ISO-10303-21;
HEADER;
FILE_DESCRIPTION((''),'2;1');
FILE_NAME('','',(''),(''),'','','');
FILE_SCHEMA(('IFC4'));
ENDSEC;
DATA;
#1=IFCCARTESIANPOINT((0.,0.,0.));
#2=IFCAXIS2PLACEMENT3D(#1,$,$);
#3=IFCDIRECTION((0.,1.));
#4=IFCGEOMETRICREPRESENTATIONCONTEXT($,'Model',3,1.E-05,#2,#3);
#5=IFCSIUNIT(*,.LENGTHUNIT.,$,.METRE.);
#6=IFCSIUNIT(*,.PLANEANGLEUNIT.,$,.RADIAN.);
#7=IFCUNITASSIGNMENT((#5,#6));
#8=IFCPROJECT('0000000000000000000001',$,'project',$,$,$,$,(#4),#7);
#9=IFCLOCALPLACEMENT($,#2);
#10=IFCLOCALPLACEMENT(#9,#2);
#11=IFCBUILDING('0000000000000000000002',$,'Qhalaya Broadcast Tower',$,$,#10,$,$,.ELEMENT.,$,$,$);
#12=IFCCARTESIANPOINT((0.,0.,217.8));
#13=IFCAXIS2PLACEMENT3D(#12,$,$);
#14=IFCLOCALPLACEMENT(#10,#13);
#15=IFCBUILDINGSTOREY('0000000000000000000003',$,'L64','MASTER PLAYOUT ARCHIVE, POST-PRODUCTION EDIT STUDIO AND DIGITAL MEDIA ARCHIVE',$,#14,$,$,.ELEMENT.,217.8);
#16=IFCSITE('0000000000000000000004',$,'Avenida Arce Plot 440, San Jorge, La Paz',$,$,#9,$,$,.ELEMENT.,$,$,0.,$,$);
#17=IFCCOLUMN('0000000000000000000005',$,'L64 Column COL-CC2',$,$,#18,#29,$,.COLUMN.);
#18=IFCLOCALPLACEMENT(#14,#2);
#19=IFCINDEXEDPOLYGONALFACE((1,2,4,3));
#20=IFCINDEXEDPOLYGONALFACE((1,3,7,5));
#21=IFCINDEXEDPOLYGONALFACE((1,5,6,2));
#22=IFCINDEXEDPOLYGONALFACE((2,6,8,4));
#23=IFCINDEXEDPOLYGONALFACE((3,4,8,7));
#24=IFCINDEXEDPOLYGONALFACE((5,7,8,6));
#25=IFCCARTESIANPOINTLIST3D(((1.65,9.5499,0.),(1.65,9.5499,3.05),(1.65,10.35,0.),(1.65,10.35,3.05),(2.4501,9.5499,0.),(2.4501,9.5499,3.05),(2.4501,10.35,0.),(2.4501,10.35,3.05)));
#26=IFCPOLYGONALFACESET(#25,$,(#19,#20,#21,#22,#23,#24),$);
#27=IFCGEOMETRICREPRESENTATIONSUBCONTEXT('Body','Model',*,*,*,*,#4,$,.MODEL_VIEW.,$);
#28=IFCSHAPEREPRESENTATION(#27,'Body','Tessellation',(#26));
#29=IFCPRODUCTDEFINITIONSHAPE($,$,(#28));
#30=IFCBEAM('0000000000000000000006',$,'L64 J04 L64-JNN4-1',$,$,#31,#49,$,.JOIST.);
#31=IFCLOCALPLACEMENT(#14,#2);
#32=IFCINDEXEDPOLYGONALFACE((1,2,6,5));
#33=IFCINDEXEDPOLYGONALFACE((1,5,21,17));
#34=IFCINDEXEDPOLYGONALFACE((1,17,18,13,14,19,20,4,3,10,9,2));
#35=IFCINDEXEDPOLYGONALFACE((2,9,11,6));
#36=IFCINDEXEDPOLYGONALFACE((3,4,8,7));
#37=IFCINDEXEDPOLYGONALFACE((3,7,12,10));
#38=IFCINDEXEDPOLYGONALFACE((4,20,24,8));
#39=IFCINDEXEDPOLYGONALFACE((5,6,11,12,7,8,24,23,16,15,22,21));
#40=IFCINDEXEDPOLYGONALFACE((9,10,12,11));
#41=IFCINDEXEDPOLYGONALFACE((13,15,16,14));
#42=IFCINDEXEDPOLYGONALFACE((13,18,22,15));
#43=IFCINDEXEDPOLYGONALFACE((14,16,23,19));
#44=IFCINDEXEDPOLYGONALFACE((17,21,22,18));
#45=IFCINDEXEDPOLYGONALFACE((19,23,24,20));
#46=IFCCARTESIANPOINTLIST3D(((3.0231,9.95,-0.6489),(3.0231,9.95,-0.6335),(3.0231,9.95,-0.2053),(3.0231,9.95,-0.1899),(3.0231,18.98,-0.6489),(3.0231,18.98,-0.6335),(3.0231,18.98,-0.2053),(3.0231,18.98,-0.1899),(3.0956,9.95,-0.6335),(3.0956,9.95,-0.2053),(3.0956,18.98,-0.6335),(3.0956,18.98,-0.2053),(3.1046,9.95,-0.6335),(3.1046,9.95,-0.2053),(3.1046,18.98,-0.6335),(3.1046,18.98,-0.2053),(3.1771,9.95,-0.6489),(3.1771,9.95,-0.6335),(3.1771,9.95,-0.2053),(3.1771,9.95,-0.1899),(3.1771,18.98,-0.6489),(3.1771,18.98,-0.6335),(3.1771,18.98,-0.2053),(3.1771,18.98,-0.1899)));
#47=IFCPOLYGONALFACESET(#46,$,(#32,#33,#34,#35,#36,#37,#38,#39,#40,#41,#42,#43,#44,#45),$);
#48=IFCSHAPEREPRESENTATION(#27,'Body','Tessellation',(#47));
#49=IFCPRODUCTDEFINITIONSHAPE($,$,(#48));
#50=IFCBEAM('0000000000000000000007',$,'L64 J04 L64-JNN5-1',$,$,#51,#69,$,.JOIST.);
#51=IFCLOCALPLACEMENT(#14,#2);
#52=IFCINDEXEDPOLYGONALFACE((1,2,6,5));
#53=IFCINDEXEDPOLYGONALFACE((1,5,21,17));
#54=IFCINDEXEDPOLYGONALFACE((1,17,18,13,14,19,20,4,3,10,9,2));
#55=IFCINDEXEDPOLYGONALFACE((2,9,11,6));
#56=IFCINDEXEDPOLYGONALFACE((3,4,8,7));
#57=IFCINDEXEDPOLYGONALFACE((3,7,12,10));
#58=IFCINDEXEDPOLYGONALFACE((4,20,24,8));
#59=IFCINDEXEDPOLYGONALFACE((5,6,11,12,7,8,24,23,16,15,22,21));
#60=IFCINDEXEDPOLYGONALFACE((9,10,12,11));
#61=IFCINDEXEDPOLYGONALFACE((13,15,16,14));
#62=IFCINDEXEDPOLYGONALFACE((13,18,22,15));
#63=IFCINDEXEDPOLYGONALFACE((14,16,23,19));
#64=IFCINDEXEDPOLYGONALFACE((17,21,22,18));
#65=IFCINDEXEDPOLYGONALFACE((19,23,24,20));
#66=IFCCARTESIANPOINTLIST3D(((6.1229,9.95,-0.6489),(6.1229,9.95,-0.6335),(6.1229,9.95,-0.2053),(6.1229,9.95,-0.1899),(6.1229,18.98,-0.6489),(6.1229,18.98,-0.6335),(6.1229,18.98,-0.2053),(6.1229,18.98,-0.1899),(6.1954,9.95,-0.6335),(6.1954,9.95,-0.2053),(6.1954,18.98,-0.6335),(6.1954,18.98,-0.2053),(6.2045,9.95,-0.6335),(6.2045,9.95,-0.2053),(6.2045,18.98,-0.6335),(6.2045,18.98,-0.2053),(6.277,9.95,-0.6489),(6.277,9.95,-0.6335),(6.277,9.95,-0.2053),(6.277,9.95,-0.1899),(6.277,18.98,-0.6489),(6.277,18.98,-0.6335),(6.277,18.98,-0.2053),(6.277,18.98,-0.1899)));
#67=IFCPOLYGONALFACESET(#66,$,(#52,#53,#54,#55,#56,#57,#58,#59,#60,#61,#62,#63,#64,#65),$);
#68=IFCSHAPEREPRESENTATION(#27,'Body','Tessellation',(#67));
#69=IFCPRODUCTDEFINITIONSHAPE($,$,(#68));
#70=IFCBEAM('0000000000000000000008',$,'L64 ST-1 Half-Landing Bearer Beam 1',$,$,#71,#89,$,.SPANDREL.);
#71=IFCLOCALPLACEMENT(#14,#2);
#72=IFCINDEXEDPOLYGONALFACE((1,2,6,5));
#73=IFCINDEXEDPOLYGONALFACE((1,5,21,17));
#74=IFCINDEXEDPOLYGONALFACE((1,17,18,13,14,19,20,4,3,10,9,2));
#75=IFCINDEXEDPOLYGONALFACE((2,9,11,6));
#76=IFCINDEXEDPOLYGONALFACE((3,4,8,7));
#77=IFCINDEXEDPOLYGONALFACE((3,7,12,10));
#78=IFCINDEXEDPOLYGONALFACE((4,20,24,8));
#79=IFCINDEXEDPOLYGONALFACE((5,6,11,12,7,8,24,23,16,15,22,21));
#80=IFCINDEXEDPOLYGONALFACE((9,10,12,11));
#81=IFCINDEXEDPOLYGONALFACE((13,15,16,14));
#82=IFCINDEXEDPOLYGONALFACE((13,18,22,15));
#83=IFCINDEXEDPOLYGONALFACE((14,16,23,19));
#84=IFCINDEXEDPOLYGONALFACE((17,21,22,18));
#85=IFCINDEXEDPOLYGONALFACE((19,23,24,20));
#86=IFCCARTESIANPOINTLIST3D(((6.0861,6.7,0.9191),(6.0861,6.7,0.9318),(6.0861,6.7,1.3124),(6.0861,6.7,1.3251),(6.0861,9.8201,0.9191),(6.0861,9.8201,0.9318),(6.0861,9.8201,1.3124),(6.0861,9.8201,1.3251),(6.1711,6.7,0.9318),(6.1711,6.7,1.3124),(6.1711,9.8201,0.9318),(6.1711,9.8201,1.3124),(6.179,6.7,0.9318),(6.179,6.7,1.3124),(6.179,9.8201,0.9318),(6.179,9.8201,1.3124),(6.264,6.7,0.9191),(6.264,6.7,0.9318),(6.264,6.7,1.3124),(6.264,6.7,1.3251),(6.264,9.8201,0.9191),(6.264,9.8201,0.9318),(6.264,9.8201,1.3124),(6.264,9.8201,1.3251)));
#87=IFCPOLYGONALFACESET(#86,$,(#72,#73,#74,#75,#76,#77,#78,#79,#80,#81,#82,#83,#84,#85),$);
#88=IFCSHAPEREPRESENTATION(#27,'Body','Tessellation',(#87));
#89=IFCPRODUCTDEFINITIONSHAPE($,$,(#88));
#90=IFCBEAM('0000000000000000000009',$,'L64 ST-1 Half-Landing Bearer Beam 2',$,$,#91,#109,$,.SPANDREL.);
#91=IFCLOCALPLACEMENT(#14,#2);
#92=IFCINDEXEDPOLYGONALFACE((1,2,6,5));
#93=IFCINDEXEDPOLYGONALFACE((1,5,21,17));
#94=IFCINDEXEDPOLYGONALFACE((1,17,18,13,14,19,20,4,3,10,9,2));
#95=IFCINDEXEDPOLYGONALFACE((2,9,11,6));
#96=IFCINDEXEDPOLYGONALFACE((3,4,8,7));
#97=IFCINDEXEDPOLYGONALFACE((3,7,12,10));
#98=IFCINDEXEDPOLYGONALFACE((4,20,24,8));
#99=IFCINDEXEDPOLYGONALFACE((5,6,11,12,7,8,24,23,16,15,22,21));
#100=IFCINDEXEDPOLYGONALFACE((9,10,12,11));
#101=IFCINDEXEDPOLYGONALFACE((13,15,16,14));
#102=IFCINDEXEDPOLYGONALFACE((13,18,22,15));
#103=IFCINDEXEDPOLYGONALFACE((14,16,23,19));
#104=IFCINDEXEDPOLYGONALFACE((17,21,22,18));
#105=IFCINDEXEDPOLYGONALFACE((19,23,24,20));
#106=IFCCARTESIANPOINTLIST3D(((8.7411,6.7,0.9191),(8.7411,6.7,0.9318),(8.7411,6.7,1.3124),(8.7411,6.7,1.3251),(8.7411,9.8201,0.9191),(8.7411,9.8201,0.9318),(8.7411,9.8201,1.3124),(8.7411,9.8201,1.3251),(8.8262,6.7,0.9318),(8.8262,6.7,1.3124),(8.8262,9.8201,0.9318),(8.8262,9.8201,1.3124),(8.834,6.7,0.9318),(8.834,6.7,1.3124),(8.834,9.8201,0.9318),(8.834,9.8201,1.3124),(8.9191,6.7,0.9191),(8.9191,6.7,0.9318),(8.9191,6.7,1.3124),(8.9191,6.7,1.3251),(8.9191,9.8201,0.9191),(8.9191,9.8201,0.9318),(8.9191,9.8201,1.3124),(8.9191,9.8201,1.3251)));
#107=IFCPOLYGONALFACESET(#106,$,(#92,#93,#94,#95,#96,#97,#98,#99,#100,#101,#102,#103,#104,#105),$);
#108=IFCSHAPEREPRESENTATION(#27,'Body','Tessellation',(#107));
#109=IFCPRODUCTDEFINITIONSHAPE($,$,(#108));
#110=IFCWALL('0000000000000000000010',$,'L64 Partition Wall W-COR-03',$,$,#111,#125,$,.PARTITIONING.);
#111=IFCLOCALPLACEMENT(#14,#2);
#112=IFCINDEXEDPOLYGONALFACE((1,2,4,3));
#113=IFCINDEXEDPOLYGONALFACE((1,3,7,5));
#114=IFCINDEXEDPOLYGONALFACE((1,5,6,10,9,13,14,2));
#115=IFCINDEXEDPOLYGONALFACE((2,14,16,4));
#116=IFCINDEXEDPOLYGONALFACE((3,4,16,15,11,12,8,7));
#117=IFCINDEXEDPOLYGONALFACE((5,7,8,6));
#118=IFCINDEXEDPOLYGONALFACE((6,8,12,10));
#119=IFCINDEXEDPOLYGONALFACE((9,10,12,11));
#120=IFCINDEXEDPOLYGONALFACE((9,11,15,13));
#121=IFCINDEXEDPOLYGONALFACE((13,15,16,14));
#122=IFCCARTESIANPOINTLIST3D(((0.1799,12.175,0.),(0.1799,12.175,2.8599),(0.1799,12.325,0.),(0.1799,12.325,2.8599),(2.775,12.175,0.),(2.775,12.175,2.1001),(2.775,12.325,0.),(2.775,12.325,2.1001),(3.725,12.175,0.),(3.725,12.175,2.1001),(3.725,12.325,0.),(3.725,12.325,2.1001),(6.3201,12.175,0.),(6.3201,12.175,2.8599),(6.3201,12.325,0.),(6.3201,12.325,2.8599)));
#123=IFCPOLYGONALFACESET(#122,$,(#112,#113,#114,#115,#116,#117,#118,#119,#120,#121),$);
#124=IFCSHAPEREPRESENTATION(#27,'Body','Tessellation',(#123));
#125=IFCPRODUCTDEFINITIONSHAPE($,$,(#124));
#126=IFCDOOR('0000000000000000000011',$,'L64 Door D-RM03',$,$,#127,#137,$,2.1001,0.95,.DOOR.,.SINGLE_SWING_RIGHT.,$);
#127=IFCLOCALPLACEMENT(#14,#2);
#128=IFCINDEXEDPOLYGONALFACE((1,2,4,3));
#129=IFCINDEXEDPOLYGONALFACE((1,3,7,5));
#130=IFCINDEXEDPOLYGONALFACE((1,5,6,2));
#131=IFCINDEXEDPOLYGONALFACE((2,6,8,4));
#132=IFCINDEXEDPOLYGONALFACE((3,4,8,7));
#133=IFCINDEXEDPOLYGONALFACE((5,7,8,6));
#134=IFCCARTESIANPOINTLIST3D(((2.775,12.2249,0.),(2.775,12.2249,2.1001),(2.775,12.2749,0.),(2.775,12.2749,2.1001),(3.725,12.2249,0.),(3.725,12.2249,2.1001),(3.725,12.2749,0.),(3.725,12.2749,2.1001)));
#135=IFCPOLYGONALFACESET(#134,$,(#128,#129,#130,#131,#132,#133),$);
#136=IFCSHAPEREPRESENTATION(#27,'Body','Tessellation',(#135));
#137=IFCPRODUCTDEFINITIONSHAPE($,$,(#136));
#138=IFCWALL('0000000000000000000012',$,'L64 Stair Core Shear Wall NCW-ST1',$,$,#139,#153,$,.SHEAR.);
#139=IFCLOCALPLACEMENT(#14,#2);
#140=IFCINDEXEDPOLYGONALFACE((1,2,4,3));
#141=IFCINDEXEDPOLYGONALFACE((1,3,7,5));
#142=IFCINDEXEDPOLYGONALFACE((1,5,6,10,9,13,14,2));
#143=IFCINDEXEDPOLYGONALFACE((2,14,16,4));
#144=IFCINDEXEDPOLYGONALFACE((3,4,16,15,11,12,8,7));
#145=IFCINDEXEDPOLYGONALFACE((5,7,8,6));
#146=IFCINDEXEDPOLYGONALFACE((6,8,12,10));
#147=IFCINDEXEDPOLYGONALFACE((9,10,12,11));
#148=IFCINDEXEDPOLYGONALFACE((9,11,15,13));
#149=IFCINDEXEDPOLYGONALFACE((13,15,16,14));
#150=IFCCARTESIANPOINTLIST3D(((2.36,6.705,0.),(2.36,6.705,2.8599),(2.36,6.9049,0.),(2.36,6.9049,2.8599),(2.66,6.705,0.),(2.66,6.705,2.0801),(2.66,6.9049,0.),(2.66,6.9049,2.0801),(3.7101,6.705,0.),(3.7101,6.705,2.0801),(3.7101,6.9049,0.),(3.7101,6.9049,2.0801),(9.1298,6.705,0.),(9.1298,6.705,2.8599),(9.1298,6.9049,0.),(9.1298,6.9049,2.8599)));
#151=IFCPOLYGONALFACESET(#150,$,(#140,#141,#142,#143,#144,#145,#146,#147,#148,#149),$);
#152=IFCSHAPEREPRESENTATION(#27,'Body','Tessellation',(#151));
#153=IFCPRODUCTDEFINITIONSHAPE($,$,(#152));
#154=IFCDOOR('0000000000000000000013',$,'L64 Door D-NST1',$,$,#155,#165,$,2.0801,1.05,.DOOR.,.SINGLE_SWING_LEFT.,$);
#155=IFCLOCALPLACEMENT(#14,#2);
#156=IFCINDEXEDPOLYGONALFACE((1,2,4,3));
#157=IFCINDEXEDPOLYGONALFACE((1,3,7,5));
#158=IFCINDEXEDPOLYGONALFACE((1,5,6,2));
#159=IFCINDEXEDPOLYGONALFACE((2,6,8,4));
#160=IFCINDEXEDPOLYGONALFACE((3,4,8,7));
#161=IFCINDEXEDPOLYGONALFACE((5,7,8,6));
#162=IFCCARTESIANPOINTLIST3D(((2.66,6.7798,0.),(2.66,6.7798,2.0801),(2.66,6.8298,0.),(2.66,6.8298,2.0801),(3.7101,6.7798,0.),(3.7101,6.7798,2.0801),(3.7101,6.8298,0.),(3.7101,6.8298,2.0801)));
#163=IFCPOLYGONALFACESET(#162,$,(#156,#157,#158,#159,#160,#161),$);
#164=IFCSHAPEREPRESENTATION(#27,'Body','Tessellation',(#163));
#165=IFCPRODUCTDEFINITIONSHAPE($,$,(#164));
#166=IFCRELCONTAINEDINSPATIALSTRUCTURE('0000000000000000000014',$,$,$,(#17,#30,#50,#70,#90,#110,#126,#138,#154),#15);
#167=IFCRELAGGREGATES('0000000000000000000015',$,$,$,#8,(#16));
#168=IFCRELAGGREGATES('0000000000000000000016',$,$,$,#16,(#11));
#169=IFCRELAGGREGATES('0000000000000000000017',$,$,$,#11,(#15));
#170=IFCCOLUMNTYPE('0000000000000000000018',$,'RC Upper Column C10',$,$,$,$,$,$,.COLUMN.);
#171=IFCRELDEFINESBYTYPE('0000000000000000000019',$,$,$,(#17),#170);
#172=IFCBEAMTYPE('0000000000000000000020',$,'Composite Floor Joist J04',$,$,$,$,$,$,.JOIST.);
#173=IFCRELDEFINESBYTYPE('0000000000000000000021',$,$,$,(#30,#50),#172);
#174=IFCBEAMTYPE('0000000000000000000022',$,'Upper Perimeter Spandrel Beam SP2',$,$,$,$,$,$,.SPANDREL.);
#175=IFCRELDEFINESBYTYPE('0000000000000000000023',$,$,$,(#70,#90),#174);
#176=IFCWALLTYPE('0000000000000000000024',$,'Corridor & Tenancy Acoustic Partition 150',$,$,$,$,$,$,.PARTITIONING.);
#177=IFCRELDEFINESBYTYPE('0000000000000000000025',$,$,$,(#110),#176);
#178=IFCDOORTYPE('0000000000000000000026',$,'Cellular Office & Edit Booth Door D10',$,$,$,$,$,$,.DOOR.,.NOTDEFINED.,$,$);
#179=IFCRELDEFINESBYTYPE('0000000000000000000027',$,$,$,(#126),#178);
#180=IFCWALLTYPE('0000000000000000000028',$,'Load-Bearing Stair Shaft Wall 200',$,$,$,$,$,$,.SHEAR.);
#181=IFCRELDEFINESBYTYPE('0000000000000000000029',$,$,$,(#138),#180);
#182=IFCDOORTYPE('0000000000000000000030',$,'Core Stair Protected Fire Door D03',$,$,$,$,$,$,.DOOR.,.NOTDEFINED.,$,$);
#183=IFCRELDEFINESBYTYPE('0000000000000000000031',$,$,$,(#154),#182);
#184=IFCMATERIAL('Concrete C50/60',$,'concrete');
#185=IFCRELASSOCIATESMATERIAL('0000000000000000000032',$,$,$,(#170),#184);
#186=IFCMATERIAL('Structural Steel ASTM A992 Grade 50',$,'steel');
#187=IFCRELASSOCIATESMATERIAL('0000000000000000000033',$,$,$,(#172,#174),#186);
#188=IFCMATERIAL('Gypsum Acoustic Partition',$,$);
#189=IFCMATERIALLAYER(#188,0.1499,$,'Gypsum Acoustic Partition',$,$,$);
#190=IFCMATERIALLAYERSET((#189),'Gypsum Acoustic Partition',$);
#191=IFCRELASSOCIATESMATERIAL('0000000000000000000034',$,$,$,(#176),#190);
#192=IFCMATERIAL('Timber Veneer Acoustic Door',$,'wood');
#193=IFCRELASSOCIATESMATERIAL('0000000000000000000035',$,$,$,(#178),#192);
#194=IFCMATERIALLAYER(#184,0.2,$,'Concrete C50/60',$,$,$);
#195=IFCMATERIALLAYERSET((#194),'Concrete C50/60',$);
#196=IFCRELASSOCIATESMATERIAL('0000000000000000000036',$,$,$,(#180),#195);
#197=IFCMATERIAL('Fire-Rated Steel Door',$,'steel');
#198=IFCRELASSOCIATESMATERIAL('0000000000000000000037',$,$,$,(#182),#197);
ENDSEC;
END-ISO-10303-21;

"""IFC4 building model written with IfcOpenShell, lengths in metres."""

from ifc_helpers import new_model, si_unit, direction, frame, frame_2d, origin, origin_2d, place, context, subcontext, project, spatial, rectangle, i_section, extrude, material, layer, layer_set, material_profile, profile_set, type_object, element, fill, save


model = new_model("IFC4")

# Units and contexts
model_context = context("Model", 3, precision=1e-05, world=origin(), true_north=direction((0.0, 1.0)))
body_context = subcontext(model_context, "Body", "Model", "MODEL_VIEW")
ifc_project = project(units=[si_unit("LENGTHUNIT", "METRE"), si_unit("PLANEANGLEUNIT", "RADIAN")], contexts=[model_context])

# Site, building, storey
site_placement = place(None, origin())
site = spatial("IfcSite", under=ifc_project, at=site_placement, Name="Avenida Arce Plot 440, San Jorge, La Paz", CompositionType="ELEMENT", RefElevation=0.0)
building_placement = place(site_placement, origin())
building = spatial("IfcBuilding", under=site, at=building_placement, Name="Qhalaya Broadcast Tower", CompositionType="ELEMENT")
storey_placement = place(building_placement, frame((0.0, 0.0, 217.8)))
storey = spatial("IfcBuildingStorey", under=building, at=storey_placement, Name="L64", Description="MASTER PLAYOUT ARCHIVE, POST-PRODUCTION EDIT STUDIO AND DIGITAL MEDIA ARCHIVE", CompositionType="ELEMENT", Elevation=217.8)

# Column
ifc_material_1 = material(Name="Concrete C50/60", Category="concrete")
ifc_material_profile_1 = material_profile(ifc_material_1, rectangle(XDim=0.8, YDim=0.8, at=origin_2d()), Name="RC-COL 800x800")
ifc_profile_set_1 = profile_set([ifc_material_profile_1], Name="Concrete C50/60")
column_type = type_object("IfcColumnType", Name="RC Upper Column C10", PredefinedType="COLUMN", material=ifc_profile_set_1)
column_placement = place(storey_placement, frame((2.05, 9.95, 0.0), z_axis=(0.0, 0.0, 1.0), x_axis=(1.0, 0.0, 0.0)))
element("IfcColumn", 1, at=column_placement, inside=storey, type_object=column_type, Name="L64 Column COL-CC2", PredefinedType="COLUMN", context=body_context, shape_type="SweptSolid", body=[
    extrude(rectangle(XDim=0.8, YDim=0.8, at=origin_2d()), origin(), (0.0, 0.0, 1.0), 3.05),
])

# Beams
ifc_material_2 = material(Name="Structural Steel ASTM A992 Grade 50", Category="steel")
ifc_material_profile_2 = material_profile(ifc_material_2, i_section(OverallWidth=0.1541, OverallDepth=0.459, WebThickness=0.009, FlangeThickness=0.0154, at=origin_2d()), Name="W18X46")
ifc_profile_set_2 = profile_set([ifc_material_profile_2], Name="Structural Steel ASTM A992 Grade 50")
beam_type_1 = type_object("IfcBeamType", Name="Composite Floor Joist J04", PredefinedType="JOIST", material=ifc_profile_set_2)
for number, where, z_axis, x_axis, name in (
    (2, (3.1001, 9.95, -0.4194), (0.0, 1.0, 0.0), (-1.0, 0.0, 0.0), "L64 J04 L64-JNN4-1"),
    (3, (6.2, 9.95, -0.4194), (0.0, 1.0, 0.0), (-1.0, 0.0, 0.0), "L64 J04 L64-JNN5-1"),
):
    element("IfcBeam", number, at=place(storey_placement, frame(where, z_axis=z_axis, x_axis=x_axis)), inside=storey, type_object=beam_type_1, Name=name, PredefinedType="JOIST", context=body_context, shape_type="SweptSolid", body=[
        extrude(i_section(OverallWidth=0.1541, OverallDepth=0.459, WebThickness=0.009, FlangeThickness=0.0154, at=origin_2d()), origin(), (0.0, 0.0, 1.0), 9.03),
    ])
ifc_material_profile_3 = material_profile(ifc_material_2, i_section(OverallWidth=0.178, OverallDepth=0.406, WebThickness=0.0078, FlangeThickness=0.0127, at=origin_2d()), Name="W16X40")
ifc_profile_set_3 = profile_set([ifc_material_profile_3], Name="Structural Steel ASTM A992 Grade 50")
beam_type_2 = type_object("IfcBeamType", Name="Upper Perimeter Spandrel Beam SP2", PredefinedType="SPANDREL", material=ifc_profile_set_3)
for number, where, z_axis, x_axis, name in (
    (4, (6.175, 6.7, 1.1221), (0.0, 1.0, 0.0), (-1.0, 0.0, 0.0), "L64 ST-1 Half-Landing Bearer Beam 1"),
    (5, (8.8301, 6.7, 1.1221), (0.0, 1.0, 0.0), (-1.0, 0.0, 0.0), "L64 ST-1 Half-Landing Bearer Beam 2"),
):
    element("IfcBeam", number, at=place(storey_placement, frame(where, z_axis=z_axis, x_axis=x_axis)), inside=storey, type_object=beam_type_2, Name=name, PredefinedType="SPANDREL", context=body_context, shape_type="SweptSolid", body=[
        extrude(i_section(OverallWidth=0.178, OverallDepth=0.406, WebThickness=0.0078, FlangeThickness=0.0127, at=origin_2d()), origin(), (0.0, 0.0, 1.0), 3.1201),
    ])

# Walls, openings, doors
ifc_material_3 = material(Name="Gypsum Acoustic Partition")
ifc_layer_1 = layer(ifc_material_3, 0.1499, Name="Gypsum Acoustic Partition")
ifc_layer_set_1 = layer_set([ifc_layer_1], Name="Gypsum Acoustic Partition")
wall_type_1 = type_object("IfcWallType", Name="Corridor & Tenancy Acoustic Partition 150", PredefinedType="PARTITIONING", material=ifc_layer_set_1)
wall_1_placement = place(storey_placement, frame((0.1799, 12.25, 0.0), z_axis=(0.0, 0.0, 1.0), x_axis=(1.0, 0.0, 0.0)))
wall_1 = element("IfcWall", 6, at=wall_1_placement, inside=storey, type_object=wall_type_1, Name="L64 Partition Wall W-COR-03", PredefinedType="PARTITIONING", context=body_context, shape_type="SweptSolid", body=[
    extrude(rectangle(XDim=6.1401, YDim=0.1499, at=frame_2d((3.0701, 0.0))), origin(), (0.0, 0.0, 1.0), 2.8599),
])
opening_1_placement = place(wall_1_placement, frame((2.595, 0.0, 0.0)))
opening_1 = element("IfcOpeningElement", 7, at=opening_1_placement, cuts=wall_1, PredefinedType="OPENING", context=body_context, shape_type="SweptSolid", body=[
    extrude(rectangle(XDim=0.95, YDim=2.1001, at=frame_2d((0.4751, 1.05))), frame((0.0, 0.0869, 0.0), z_axis=(0.0, -1.0, 0.0), x_axis=(1.0, 0.0, 0.0)), (0.0, 0.0, 1.0), 0.1738),
])
ifc_material_4 = material(Name="Timber Veneer Acoustic Door", Category="wood")
door_type_1 = type_object("IfcDoorType", Name="Cellular Office & Edit Booth Door D10", OperationType="NOTDEFINED", PredefinedType="DOOR", material=ifc_material_4)
door_1_placement = place(opening_1_placement, origin())
door_1 = element("IfcDoor", 8, at=door_1_placement, inside=storey, type_object=door_type_1, Name="L64 Door D-RM03", OperationType="SINGLE_SWING_RIGHT", OverallHeight=2.1001, OverallWidth=0.95, PredefinedType="DOOR", context=body_context, shape_type="SweptSolid", body=[
    extrude(rectangle(XDim=0.95, YDim=2.1001, at=frame_2d((0.4751, 1.05))), frame((0.0, 0.0249, 0.0), z_axis=(0.0, -1.0, 0.0), x_axis=(1.0, 0.0, 0.0)), (0.0, 0.0, 1.0), 0.05),
])
fill(opening_1, door_1)
ifc_layer_2 = layer(ifc_material_1, 0.2, Name="Concrete C50/60")
ifc_layer_set_2 = layer_set([ifc_layer_2], Name="Concrete C50/60")
wall_type_2 = type_object("IfcWallType", Name="Load-Bearing Stair Shaft Wall 200", PredefinedType="SHEAR", material=ifc_layer_set_2)
wall_2_placement = place(storey_placement, frame((2.3601, 6.8049, 0.0), z_axis=(0.0, 0.0, 1.0), x_axis=(1.0, 0.0, 0.0)))
wall_2 = element("IfcWall", 9, at=wall_2_placement, inside=storey, type_object=wall_type_2, Name="L64 Stair Core Shear Wall NCW-ST1", PredefinedType="SHEAR", context=body_context, shape_type="SweptSolid", body=[
    extrude(rectangle(XDim=6.7698, YDim=0.2, at=frame_2d((3.3848, 0.0))), origin(), (0.0, 0.0, 1.0), 2.8599),
])
opening_2_placement = place(wall_2_placement, frame((0.3, 0.0, 0.0)))
opening_2 = element("IfcOpeningElement", 10, at=opening_2_placement, cuts=wall_2, PredefinedType="OPENING", context=body_context, shape_type="SweptSolid", body=[
    extrude(rectangle(XDim=1.05, YDim=2.0801, at=frame_2d((0.5249, 1.04))), frame((0.0, 0.1121, 0.0), z_axis=(0.0, -1.0, 0.0), x_axis=(1.0, 0.0, 0.0)), (0.0, 0.0, 1.0), 0.2239),
])
ifc_material_5 = material(Name="Fire-Rated Steel Door", Category="steel")
door_type_2 = type_object("IfcDoorType", Name="Core Stair Protected Fire Door D03", OperationType="NOTDEFINED", PredefinedType="DOOR", material=ifc_material_5)
door_2_placement = place(opening_2_placement, origin())
door_2 = element("IfcDoor", 11, at=door_2_placement, inside=storey, type_object=door_type_2, Name="L64 Door D-NST1", OperationType="SINGLE_SWING_LEFT", OverallHeight=2.0801, OverallWidth=1.05, PredefinedType="DOOR", context=body_context, shape_type="SweptSolid", body=[
    extrude(rectangle(XDim=1.05, YDim=2.0801, at=frame_2d((0.5249, 1.04))), frame((0.0, 0.0249, 0.0), z_axis=(0.0, -1.0, 0.0), x_axis=(1.0, 0.0, 0.0)), (0.0, 0.0, 1.0), 0.05),
])
fill(opening_2, door_2)

save(model, "model.ifc")
